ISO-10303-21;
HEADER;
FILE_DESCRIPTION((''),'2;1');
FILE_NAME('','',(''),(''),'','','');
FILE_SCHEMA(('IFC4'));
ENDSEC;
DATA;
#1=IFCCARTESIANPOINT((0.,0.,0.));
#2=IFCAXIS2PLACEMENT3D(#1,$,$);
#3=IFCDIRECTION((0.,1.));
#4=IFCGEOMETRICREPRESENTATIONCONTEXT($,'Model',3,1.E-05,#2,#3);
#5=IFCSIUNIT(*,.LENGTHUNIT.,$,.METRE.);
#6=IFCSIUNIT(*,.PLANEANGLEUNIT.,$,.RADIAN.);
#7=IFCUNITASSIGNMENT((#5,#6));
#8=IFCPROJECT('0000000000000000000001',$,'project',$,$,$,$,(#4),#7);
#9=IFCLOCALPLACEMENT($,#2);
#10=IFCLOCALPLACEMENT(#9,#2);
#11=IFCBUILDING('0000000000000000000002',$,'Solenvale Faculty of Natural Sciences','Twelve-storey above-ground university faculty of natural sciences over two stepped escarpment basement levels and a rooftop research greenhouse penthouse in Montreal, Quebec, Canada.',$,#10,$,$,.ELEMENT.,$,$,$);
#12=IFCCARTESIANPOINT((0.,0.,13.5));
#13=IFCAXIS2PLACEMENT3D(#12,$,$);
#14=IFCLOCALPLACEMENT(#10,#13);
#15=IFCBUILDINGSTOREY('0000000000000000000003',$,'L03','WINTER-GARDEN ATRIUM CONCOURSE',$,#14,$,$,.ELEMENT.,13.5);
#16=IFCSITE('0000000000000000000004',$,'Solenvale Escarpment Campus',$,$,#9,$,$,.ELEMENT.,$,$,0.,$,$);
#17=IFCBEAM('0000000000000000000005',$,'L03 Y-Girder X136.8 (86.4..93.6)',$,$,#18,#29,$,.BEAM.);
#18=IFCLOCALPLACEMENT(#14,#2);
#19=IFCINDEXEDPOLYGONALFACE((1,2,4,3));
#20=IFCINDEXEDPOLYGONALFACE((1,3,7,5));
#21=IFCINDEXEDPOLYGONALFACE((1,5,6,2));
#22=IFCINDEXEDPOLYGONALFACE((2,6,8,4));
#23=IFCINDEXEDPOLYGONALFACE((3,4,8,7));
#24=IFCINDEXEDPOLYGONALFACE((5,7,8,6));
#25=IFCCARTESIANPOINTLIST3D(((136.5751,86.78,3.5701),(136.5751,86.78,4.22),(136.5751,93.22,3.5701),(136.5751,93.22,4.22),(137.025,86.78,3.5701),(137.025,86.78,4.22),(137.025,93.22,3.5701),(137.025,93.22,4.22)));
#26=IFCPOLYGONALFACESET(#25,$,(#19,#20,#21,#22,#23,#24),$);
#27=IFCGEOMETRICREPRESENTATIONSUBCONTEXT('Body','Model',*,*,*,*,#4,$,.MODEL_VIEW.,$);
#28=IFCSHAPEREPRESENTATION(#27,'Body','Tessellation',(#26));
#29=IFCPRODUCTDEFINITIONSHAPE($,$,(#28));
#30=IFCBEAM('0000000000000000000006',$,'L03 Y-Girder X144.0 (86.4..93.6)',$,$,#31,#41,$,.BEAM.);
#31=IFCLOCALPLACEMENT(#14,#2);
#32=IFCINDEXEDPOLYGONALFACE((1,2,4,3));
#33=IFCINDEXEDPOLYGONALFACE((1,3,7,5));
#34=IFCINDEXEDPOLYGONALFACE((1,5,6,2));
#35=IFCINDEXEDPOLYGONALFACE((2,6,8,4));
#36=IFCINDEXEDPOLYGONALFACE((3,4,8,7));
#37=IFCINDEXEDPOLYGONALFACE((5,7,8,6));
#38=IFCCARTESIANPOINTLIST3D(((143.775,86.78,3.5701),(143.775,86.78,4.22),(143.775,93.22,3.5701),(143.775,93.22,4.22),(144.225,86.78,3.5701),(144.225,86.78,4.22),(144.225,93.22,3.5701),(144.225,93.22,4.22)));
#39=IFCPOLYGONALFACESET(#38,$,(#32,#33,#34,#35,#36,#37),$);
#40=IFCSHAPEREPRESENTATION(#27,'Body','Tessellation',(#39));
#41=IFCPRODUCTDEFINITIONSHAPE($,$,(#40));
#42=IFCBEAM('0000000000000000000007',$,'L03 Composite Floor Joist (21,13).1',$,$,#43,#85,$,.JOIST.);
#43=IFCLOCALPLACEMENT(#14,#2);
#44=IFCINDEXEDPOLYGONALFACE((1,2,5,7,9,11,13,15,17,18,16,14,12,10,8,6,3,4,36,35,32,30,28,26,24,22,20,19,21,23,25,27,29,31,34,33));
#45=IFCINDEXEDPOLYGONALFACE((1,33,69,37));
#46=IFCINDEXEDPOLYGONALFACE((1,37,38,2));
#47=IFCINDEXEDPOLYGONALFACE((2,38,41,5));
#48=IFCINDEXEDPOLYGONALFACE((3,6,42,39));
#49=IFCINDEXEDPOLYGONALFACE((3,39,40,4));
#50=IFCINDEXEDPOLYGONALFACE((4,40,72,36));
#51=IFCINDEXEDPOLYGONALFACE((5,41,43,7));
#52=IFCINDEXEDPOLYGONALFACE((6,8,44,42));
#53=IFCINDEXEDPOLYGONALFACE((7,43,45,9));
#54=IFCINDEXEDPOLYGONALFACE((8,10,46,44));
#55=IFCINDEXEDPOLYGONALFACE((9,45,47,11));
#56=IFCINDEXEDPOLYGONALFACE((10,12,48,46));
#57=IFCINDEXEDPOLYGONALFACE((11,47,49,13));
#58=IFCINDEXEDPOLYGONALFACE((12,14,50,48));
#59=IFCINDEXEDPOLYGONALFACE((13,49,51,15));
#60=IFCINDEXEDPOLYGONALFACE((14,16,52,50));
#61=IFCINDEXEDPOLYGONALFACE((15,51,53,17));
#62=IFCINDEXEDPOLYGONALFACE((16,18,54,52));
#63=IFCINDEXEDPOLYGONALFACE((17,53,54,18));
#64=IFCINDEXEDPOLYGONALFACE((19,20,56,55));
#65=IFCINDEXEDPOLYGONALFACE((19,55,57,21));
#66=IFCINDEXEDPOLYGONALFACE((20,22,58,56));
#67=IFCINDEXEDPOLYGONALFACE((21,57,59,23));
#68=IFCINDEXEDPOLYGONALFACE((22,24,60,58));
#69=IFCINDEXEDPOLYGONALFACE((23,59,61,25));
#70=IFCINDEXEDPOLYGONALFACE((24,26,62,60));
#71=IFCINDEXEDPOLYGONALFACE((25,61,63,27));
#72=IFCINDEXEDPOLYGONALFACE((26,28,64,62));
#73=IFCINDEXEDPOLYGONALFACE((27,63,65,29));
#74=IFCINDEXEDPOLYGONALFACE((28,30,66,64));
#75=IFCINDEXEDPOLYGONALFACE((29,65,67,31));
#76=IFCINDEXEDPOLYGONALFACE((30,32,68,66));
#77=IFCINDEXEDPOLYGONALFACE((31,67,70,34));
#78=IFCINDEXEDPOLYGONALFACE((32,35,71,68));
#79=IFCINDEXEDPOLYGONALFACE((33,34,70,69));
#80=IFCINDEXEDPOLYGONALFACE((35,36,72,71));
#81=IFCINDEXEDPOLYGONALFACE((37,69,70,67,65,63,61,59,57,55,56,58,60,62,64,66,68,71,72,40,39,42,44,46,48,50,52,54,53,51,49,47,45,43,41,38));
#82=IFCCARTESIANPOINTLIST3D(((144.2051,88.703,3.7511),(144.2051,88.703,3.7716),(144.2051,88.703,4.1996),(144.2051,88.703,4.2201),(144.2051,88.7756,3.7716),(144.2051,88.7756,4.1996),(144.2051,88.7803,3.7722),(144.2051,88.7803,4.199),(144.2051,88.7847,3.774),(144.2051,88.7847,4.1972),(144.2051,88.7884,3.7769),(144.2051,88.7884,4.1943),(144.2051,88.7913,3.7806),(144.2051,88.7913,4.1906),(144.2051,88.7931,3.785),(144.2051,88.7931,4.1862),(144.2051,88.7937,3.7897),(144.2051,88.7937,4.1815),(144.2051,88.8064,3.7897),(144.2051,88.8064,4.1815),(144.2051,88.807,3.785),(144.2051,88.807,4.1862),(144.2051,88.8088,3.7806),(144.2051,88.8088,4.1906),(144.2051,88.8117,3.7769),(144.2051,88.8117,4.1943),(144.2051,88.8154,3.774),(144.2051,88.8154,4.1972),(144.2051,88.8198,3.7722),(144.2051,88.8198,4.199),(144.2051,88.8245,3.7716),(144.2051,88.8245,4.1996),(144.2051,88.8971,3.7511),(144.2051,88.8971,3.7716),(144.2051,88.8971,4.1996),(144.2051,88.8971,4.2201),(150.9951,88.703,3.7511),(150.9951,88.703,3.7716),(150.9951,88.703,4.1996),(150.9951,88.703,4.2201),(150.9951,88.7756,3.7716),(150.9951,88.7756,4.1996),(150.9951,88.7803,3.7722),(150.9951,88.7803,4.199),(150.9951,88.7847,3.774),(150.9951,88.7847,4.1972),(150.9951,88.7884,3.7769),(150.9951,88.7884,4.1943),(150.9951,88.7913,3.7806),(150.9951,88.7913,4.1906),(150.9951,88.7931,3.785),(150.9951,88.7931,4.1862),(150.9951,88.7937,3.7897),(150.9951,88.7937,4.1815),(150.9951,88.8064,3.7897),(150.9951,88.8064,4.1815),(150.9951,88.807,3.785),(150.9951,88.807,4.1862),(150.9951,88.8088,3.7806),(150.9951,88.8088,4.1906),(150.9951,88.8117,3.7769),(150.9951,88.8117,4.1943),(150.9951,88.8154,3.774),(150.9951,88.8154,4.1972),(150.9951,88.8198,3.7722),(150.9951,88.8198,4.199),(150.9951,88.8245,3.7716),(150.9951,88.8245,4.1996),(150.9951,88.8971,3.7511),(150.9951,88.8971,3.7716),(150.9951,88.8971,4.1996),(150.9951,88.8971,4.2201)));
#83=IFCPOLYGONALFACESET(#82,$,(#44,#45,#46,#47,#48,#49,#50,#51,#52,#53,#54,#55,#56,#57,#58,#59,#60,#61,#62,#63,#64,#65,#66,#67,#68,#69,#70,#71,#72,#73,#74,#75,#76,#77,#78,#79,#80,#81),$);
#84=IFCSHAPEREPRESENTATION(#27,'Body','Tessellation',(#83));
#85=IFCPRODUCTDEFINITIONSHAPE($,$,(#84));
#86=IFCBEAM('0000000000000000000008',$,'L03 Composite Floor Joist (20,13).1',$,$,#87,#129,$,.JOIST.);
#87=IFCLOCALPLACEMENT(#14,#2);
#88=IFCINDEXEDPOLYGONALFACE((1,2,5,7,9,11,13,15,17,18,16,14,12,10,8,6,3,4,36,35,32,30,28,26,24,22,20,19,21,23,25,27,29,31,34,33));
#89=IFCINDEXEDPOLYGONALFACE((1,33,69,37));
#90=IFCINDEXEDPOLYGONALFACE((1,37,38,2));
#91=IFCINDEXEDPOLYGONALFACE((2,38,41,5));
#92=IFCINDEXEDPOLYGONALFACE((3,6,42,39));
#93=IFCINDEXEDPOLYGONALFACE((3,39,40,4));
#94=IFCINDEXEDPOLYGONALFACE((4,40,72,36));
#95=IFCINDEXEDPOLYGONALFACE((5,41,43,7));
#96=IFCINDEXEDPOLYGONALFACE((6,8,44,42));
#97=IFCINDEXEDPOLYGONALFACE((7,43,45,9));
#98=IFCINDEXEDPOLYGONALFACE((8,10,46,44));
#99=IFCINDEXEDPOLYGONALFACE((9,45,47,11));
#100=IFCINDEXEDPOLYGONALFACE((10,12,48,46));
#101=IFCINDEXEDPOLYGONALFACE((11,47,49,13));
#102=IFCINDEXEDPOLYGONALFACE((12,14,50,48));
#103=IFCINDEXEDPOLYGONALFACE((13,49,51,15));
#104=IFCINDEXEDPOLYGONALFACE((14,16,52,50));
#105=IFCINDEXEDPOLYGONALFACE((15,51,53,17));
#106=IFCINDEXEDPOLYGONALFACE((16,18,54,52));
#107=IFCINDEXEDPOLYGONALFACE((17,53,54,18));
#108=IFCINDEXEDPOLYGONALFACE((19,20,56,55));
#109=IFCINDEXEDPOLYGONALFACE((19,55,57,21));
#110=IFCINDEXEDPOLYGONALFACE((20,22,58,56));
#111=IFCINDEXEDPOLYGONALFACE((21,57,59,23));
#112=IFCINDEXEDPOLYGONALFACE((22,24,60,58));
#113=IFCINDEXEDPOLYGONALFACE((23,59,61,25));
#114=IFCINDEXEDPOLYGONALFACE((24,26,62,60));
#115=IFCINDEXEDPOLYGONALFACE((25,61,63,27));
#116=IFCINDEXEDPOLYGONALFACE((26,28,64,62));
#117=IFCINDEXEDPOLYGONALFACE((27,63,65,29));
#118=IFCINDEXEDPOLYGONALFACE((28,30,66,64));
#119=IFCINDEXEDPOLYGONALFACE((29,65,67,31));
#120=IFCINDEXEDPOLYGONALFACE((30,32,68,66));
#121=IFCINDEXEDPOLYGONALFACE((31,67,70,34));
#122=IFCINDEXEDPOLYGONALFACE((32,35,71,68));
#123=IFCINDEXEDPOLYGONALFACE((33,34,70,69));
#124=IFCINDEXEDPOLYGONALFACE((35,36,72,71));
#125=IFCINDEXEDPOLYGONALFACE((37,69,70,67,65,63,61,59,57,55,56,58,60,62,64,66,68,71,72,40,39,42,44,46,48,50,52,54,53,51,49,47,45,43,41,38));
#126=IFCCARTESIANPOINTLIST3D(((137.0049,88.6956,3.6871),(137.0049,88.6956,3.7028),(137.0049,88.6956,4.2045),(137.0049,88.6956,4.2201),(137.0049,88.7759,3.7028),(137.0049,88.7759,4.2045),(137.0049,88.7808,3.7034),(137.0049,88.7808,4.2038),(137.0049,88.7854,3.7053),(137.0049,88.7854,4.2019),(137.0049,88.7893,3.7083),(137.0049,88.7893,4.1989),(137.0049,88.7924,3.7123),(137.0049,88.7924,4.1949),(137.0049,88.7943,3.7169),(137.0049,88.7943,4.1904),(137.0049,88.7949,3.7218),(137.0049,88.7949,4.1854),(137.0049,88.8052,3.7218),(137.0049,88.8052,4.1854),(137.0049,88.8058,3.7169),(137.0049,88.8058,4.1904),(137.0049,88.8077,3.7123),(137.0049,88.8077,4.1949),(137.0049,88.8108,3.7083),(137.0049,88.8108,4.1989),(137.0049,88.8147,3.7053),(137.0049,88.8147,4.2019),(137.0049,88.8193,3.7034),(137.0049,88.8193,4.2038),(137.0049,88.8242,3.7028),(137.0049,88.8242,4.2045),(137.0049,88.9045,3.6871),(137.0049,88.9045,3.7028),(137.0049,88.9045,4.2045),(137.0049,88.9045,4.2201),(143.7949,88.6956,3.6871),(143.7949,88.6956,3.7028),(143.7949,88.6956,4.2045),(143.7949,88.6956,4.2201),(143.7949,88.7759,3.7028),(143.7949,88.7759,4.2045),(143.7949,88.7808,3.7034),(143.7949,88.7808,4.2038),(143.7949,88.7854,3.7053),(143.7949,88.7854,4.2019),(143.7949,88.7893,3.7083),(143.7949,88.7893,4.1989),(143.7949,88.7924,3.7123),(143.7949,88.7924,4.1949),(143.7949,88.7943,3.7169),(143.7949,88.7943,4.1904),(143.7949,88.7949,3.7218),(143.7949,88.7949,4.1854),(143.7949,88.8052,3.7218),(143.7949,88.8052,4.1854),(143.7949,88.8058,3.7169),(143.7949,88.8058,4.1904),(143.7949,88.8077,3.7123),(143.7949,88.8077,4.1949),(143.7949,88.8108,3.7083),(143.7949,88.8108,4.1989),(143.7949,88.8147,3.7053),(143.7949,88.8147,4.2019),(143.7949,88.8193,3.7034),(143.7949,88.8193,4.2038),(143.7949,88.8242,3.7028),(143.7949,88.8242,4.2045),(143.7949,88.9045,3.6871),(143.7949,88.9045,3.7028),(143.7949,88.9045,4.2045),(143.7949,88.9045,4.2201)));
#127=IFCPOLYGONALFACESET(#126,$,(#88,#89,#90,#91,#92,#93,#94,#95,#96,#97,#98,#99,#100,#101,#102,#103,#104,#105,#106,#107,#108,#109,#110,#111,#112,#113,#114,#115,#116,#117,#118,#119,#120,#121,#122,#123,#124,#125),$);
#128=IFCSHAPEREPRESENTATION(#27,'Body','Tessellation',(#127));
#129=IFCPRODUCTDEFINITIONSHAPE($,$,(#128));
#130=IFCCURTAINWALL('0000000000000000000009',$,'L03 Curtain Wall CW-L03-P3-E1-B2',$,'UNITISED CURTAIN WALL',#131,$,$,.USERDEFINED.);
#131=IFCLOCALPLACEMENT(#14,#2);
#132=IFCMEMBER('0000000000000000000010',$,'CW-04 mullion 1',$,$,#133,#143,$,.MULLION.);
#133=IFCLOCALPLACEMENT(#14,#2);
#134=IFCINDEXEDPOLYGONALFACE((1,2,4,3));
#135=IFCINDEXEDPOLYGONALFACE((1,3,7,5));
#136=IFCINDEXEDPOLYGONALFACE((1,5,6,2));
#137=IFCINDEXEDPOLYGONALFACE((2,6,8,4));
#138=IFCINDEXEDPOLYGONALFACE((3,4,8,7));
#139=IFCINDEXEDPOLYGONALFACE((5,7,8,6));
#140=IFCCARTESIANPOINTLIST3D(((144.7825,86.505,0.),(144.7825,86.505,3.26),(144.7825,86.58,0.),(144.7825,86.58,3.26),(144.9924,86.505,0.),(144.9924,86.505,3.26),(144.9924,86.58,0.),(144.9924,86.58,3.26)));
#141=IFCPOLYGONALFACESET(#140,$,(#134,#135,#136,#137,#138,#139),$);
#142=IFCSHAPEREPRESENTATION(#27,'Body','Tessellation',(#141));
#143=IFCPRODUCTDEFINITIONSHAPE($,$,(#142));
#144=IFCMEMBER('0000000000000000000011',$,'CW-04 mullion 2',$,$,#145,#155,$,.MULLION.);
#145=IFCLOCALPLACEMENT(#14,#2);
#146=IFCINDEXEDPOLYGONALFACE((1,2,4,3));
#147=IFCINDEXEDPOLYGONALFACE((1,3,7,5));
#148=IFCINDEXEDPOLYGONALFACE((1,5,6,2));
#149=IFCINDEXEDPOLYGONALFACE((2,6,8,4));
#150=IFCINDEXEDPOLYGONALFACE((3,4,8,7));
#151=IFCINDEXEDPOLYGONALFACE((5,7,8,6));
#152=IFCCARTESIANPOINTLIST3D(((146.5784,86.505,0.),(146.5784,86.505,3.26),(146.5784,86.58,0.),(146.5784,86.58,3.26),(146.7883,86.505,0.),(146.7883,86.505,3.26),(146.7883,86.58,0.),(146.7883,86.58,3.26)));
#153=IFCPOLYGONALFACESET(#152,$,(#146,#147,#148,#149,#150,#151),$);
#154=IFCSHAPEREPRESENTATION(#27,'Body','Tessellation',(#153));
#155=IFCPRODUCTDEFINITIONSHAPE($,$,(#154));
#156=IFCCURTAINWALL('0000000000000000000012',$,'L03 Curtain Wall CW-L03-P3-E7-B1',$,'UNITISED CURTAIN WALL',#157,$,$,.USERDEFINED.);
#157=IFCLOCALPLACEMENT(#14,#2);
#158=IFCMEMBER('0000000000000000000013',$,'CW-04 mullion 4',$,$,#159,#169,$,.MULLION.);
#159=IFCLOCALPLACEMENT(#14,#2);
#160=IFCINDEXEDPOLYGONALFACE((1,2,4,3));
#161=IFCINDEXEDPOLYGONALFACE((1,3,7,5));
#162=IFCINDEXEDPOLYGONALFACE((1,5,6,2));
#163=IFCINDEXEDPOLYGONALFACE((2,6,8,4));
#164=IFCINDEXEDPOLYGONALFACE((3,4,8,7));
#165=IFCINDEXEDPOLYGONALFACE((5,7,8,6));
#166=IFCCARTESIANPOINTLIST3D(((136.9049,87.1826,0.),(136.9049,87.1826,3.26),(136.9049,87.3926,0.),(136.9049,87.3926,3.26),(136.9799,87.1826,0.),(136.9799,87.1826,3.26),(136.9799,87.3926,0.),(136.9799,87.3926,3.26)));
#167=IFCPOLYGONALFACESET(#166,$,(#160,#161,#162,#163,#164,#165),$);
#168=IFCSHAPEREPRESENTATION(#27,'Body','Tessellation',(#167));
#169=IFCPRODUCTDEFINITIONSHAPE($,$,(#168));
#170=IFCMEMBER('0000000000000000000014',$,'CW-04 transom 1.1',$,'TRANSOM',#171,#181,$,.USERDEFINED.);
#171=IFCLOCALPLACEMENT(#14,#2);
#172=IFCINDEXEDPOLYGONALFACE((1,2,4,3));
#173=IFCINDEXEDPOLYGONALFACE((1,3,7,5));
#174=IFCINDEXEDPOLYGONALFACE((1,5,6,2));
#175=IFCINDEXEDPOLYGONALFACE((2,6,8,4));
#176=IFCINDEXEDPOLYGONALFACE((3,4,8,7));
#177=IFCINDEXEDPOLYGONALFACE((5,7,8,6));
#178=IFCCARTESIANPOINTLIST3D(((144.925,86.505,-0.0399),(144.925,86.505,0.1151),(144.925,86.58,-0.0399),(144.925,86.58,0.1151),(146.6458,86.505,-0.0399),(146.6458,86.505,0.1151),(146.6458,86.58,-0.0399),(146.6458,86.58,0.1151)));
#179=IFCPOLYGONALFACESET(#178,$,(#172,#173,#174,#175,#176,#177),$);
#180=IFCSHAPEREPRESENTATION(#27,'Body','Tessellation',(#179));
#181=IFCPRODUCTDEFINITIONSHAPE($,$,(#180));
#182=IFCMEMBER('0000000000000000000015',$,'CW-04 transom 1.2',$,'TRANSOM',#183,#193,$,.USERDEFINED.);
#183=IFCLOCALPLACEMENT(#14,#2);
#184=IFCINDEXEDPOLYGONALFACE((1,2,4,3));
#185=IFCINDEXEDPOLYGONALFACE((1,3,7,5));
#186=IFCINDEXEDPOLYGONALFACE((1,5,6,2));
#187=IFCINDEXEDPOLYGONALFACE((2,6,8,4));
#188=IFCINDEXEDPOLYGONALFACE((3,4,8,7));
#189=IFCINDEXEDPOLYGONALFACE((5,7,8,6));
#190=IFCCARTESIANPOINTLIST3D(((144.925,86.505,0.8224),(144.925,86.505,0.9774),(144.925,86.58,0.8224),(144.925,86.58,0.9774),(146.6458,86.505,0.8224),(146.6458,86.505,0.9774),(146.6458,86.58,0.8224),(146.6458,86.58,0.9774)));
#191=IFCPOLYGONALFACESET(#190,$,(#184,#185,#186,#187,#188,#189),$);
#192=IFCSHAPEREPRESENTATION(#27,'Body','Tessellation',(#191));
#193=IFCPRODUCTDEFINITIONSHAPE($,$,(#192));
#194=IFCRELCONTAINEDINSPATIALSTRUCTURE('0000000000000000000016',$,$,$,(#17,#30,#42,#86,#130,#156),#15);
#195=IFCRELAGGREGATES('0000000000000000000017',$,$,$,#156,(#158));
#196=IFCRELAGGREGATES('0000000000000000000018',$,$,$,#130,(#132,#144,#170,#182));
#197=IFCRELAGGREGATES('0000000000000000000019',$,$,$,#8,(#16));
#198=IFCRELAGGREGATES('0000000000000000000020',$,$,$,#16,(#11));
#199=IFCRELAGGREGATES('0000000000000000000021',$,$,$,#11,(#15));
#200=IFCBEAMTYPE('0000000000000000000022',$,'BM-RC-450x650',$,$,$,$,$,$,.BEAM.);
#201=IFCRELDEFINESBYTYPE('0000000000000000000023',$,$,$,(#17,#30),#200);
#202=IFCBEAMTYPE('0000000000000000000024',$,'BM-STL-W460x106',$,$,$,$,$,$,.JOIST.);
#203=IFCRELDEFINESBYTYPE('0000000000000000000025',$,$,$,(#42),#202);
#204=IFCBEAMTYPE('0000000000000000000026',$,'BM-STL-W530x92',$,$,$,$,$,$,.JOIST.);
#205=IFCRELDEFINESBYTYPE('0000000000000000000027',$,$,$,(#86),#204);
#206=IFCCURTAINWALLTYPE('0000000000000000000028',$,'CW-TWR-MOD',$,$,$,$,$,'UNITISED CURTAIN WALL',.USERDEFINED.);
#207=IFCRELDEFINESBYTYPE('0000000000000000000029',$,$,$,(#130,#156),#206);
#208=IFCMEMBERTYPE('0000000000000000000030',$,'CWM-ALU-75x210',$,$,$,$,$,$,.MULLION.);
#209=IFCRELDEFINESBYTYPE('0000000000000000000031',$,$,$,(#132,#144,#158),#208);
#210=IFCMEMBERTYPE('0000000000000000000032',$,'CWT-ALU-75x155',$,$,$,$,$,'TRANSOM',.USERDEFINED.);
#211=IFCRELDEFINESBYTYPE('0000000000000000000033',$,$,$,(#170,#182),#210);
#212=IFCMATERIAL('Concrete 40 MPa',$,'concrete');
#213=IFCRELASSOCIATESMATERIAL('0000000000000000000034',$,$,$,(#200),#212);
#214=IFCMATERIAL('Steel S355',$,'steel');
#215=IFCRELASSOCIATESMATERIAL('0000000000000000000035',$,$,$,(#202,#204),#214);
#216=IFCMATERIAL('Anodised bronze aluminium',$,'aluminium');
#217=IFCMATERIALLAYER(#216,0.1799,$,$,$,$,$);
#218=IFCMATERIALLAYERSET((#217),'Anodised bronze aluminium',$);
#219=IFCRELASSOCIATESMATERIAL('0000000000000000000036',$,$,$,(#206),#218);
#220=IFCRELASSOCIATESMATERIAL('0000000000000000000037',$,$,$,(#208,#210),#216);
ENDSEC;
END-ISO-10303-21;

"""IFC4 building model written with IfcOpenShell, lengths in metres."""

from ifc_helpers import new_model, si_unit, direction, frame, origin, origin_2d, place, context, subcontext, project, spatial, rectangle, i_section, extrude, material, layer, layer_set, material_profile, profile_set, type_object, element, aggregate, save


model = new_model("IFC4")

# Units and contexts
model_context = context("Model", 3, precision=1e-05, world=origin(), true_north=direction((0.0, 1.0)))
body_context = subcontext(model_context, "Body", "Model", "MODEL_VIEW")
ifc_project = project(units=[si_unit("LENGTHUNIT", "METRE"), si_unit("PLANEANGLEUNIT", "RADIAN")], contexts=[model_context])

# Site, building, storey
site_placement = place(None, origin())
site = spatial("IfcSite", under=ifc_project, at=site_placement, Name="Solenvale Escarpment Campus", CompositionType="ELEMENT", RefElevation=0.0)
building_placement = place(site_placement, origin())
building = spatial("IfcBuilding", under=site, at=building_placement, Name="Solenvale Faculty of Natural Sciences", Description="Twelve-storey above-ground university faculty of natural sciences over two stepped escarpment basement levels and a rooftop research greenhouse penthouse in Montreal, Quebec, Canada.", CompositionType="ELEMENT")
storey_placement = place(building_placement, frame((0.0, 0.0, 13.5)))
storey = spatial("IfcBuildingStorey", under=building, at=storey_placement, Name="L03", Description="WINTER-GARDEN ATRIUM CONCOURSE", CompositionType="ELEMENT", Elevation=13.5)

# Beams
ifc_material_1 = material(Name="Concrete 40 MPa", Category="concrete")
ifc_material_profile_1 = material_profile(ifc_material_1, rectangle(XDim=0.45, YDim=0.6499, at=origin_2d()), Name="RC-BM-450x650")
ifc_profile_set_1 = profile_set([ifc_material_profile_1], Name="Concrete 40 MPa")
beam_type_1 = type_object("IfcBeamType", Name="BM-RC-450x650", PredefinedType="BEAM", material=ifc_profile_set_1)
for number, where, z_axis, x_axis, name in (
    (1, (136.8, 86.78, 3.895), (0.0, 1.0, 0.0), (-1.0, 0.0, 0.0), "L03 Y-Girder X136.8 (86.4..93.6)"),
    (2, (144.0, 86.78, 3.895), (0.0, 1.0, 0.0), (-1.0, 0.0, 0.0), "L03 Y-Girder X144.0 (86.4..93.6)"),
):
    element("IfcBeam", number, at=place(storey_placement, frame(where, z_axis=z_axis, x_axis=x_axis)), inside=storey, type_object=beam_type_1, Name=name, PredefinedType="BEAM", context=body_context, shape_type="SweptSolid", body=[
        extrude(rectangle(XDim=0.45, YDim=0.6499, at=origin_2d()), origin(), (0.0, 0.0, 1.0), 6.4399),
    ])
ifc_material_2 = material(Name="Steel S355", Category="steel")
ifc_material_profile_2 = material_profile(ifc_material_2, i_section(OverallWidth=0.1941, OverallDepth=0.469, WebThickness=0.0127, FlangeThickness=0.0205, FilletRadius=0.0181, at=origin_2d()), Name="W460x106")
ifc_profile_set_2 = profile_set([ifc_material_profile_2], Name="Steel S355")
beam_type_2 = type_object("IfcBeamType", Name="BM-STL-W460x106", PredefinedType="JOIST", material=ifc_profile_set_2)
beam_1_placement = place(storey_placement, frame((144.2051, 88.8, 3.9856), z_axis=(1.0, 0.0, 0.0), x_axis=(0.0, 1.0, 0.0)))
element("IfcBeam", 3, at=beam_1_placement, inside=storey, type_object=beam_type_2, Name="L03 Composite Floor Joist (21,13).1", PredefinedType="JOIST", context=body_context, shape_type="SweptSolid", body=[
    extrude(i_section(OverallWidth=0.1941, OverallDepth=0.469, WebThickness=0.0127, FlangeThickness=0.0205, FilletRadius=0.0181, at=origin_2d()), origin(), (0.0, 0.0, 1.0), 6.79),
])
ifc_material_profile_3 = material_profile(ifc_material_2, i_section(OverallWidth=0.209, OverallDepth=0.533, WebThickness=0.0103, FlangeThickness=0.0156, FilletRadius=0.019, at=origin_2d()), Name="W530x92")
ifc_profile_set_3 = profile_set([ifc_material_profile_3], Name="Steel S355")
beam_type_3 = type_object("IfcBeamType", Name="BM-STL-W530x92", PredefinedType="JOIST", material=ifc_profile_set_3)
beam_2_placement = place(storey_placement, frame((137.0049, 88.8, 3.9536), z_axis=(1.0, 0.0, 0.0), x_axis=(0.0, 1.0, 0.0)))
element("IfcBeam", 4, at=beam_2_placement, inside=storey, type_object=beam_type_3, Name="L03 Composite Floor Joist (20,13).1", PredefinedType="JOIST", context=body_context, shape_type="SweptSolid", body=[
    extrude(i_section(OverallWidth=0.209, OverallDepth=0.533, WebThickness=0.0103, FlangeThickness=0.0156, FilletRadius=0.019, at=origin_2d()), origin(), (0.0, 0.0, 1.0), 6.79),
])

# Curtain wall, members
ifc_material_3 = material(Name="Anodised bronze aluminium", Category="aluminium")
ifc_layer_1 = layer(ifc_material_3, 0.1799)
ifc_layer_set_1 = layer_set([ifc_layer_1], Name="Anodised bronze aluminium")
curtain_wall_type = type_object("IfcCurtainWallType", Name="CW-TWR-MOD", ElementType="UNITISED CURTAIN WALL", PredefinedType="USERDEFINED", material=ifc_layer_set_1)
curtain_wall_1_placement = place(storey_placement, origin())
curtain_wall_1 = element("IfcCurtainWall", 5, at=curtain_wall_1_placement, inside=storey, type_object=curtain_wall_type, Name="L03 Curtain Wall CW-L03-P3-E1-B2", ObjectType="UNITISED CURTAIN WALL", PredefinedType="USERDEFINED")
ifc_material_profile_4 = material_profile(ifc_material_3, rectangle(XDim=0.075, YDim=0.21, at=origin_2d()), Name="ALU-MUL-75x210")
ifc_profile_set_4 = profile_set([ifc_material_profile_4], Name="Anodised bronze aluminium")
member_type_1 = type_object("IfcMemberType", Name="CWM-ALU-75x210", PredefinedType="MULLION", material=ifc_profile_set_4)
member_1_placement = place(storey_placement, frame((144.8875, 86.5425, 0.0), z_axis=(0.0, 0.0, 1.0), x_axis=(0.0, 1.0, 0.0)))
member_1 = element("IfcMember", 6, at=member_1_placement, type_object=member_type_1, Name="CW-04 mullion 1", PredefinedType="MULLION", context=body_context, shape_type="SweptSolid", body=[
    extrude(rectangle(XDim=0.075, YDim=0.21, at=origin_2d()), origin(), (0.0, 0.0, 1.0), 3.26),
])
member_2_placement = place(storey_placement, frame((146.6833, 86.5425, 0.0), z_axis=(0.0, 0.0, 1.0), x_axis=(0.0, 1.0, 0.0)))
member_2 = element("IfcMember", 7, at=member_2_placement, type_object=member_type_1, Name="CW-04 mullion 2", PredefinedType="MULLION", context=body_context, shape_type="SweptSolid", body=[
    extrude(rectangle(XDim=0.075, YDim=0.21, at=origin_2d()), origin(), (0.0, 0.0, 1.0), 3.26),
])

# Curtain wall, member
curtain_wall_2_placement = place(storey_placement, origin())
curtain_wall_2 = element("IfcCurtainWall", 8, at=curtain_wall_2_placement, inside=storey, type_object=curtain_wall_type, Name="L03 Curtain Wall CW-L03-P3-E7-B1", ObjectType="UNITISED CURTAIN WALL", PredefinedType="USERDEFINED")
member_3_placement = place(storey_placement, frame((136.9424, 87.2876, 0.0), z_axis=(0.0, 0.0, 1.0), x_axis=(1.0, 0.0, 0.0)))
member_3 = element("IfcMember", 9, at=member_3_placement, type_object=member_type_1, Name="CW-04 mullion 4", PredefinedType="MULLION", context=body_context, shape_type="SweptSolid", body=[
    extrude(rectangle(XDim=0.075, YDim=0.21, at=origin_2d()), origin(), (0.0, 0.0, 1.0), 3.26),
])

# Members
ifc_material_profile_5 = material_profile(ifc_material_3, rectangle(XDim=0.075, YDim=0.155, at=origin_2d()), Name="ALU-TRN-75x155")
ifc_profile_set_5 = profile_set([ifc_material_profile_5], Name="Anodised bronze aluminium")
member_type_2 = type_object("IfcMemberType", Name="CWT-ALU-75x155", ElementType="TRANSOM", PredefinedType="USERDEFINED", material=ifc_profile_set_5)
member_4_placement = place(storey_placement, frame((144.925, 86.5425, 0.0376), z_axis=(1.0, 0.0, 0.0), x_axis=(0.0, 1.0, 0.0)))
member_4 = element("IfcMember", 10, at=member_4_placement, type_object=member_type_2, Name="CW-04 transom 1.1", ObjectType="TRANSOM", PredefinedType="USERDEFINED", context=body_context, shape_type="SweptSolid", body=[
    extrude(rectangle(XDim=0.075, YDim=0.155, at=origin_2d()), origin(), (0.0, 0.0, 1.0), 1.7207),
])
member_5_placement = place(storey_placement, frame((144.925, 86.5425, 0.8999), z_axis=(1.0, 0.0, 0.0), x_axis=(0.0, 1.0, 0.0)))
member_5 = element("IfcMember", 11, at=member_5_placement, type_object=member_type_2, Name="CW-04 transom 1.2", ObjectType="TRANSOM", PredefinedType="USERDEFINED", context=body_context, shape_type="SweptSolid", body=[
    extrude(rectangle(XDim=0.075, YDim=0.155, at=origin_2d()), origin(), (0.0, 0.0, 1.0), 1.7207),
])

aggregate(curtain_wall_2, [member_3])
aggregate(curtain_wall_1, [member_1, member_2, member_4, member_5])

save(model, "model.ifc")
